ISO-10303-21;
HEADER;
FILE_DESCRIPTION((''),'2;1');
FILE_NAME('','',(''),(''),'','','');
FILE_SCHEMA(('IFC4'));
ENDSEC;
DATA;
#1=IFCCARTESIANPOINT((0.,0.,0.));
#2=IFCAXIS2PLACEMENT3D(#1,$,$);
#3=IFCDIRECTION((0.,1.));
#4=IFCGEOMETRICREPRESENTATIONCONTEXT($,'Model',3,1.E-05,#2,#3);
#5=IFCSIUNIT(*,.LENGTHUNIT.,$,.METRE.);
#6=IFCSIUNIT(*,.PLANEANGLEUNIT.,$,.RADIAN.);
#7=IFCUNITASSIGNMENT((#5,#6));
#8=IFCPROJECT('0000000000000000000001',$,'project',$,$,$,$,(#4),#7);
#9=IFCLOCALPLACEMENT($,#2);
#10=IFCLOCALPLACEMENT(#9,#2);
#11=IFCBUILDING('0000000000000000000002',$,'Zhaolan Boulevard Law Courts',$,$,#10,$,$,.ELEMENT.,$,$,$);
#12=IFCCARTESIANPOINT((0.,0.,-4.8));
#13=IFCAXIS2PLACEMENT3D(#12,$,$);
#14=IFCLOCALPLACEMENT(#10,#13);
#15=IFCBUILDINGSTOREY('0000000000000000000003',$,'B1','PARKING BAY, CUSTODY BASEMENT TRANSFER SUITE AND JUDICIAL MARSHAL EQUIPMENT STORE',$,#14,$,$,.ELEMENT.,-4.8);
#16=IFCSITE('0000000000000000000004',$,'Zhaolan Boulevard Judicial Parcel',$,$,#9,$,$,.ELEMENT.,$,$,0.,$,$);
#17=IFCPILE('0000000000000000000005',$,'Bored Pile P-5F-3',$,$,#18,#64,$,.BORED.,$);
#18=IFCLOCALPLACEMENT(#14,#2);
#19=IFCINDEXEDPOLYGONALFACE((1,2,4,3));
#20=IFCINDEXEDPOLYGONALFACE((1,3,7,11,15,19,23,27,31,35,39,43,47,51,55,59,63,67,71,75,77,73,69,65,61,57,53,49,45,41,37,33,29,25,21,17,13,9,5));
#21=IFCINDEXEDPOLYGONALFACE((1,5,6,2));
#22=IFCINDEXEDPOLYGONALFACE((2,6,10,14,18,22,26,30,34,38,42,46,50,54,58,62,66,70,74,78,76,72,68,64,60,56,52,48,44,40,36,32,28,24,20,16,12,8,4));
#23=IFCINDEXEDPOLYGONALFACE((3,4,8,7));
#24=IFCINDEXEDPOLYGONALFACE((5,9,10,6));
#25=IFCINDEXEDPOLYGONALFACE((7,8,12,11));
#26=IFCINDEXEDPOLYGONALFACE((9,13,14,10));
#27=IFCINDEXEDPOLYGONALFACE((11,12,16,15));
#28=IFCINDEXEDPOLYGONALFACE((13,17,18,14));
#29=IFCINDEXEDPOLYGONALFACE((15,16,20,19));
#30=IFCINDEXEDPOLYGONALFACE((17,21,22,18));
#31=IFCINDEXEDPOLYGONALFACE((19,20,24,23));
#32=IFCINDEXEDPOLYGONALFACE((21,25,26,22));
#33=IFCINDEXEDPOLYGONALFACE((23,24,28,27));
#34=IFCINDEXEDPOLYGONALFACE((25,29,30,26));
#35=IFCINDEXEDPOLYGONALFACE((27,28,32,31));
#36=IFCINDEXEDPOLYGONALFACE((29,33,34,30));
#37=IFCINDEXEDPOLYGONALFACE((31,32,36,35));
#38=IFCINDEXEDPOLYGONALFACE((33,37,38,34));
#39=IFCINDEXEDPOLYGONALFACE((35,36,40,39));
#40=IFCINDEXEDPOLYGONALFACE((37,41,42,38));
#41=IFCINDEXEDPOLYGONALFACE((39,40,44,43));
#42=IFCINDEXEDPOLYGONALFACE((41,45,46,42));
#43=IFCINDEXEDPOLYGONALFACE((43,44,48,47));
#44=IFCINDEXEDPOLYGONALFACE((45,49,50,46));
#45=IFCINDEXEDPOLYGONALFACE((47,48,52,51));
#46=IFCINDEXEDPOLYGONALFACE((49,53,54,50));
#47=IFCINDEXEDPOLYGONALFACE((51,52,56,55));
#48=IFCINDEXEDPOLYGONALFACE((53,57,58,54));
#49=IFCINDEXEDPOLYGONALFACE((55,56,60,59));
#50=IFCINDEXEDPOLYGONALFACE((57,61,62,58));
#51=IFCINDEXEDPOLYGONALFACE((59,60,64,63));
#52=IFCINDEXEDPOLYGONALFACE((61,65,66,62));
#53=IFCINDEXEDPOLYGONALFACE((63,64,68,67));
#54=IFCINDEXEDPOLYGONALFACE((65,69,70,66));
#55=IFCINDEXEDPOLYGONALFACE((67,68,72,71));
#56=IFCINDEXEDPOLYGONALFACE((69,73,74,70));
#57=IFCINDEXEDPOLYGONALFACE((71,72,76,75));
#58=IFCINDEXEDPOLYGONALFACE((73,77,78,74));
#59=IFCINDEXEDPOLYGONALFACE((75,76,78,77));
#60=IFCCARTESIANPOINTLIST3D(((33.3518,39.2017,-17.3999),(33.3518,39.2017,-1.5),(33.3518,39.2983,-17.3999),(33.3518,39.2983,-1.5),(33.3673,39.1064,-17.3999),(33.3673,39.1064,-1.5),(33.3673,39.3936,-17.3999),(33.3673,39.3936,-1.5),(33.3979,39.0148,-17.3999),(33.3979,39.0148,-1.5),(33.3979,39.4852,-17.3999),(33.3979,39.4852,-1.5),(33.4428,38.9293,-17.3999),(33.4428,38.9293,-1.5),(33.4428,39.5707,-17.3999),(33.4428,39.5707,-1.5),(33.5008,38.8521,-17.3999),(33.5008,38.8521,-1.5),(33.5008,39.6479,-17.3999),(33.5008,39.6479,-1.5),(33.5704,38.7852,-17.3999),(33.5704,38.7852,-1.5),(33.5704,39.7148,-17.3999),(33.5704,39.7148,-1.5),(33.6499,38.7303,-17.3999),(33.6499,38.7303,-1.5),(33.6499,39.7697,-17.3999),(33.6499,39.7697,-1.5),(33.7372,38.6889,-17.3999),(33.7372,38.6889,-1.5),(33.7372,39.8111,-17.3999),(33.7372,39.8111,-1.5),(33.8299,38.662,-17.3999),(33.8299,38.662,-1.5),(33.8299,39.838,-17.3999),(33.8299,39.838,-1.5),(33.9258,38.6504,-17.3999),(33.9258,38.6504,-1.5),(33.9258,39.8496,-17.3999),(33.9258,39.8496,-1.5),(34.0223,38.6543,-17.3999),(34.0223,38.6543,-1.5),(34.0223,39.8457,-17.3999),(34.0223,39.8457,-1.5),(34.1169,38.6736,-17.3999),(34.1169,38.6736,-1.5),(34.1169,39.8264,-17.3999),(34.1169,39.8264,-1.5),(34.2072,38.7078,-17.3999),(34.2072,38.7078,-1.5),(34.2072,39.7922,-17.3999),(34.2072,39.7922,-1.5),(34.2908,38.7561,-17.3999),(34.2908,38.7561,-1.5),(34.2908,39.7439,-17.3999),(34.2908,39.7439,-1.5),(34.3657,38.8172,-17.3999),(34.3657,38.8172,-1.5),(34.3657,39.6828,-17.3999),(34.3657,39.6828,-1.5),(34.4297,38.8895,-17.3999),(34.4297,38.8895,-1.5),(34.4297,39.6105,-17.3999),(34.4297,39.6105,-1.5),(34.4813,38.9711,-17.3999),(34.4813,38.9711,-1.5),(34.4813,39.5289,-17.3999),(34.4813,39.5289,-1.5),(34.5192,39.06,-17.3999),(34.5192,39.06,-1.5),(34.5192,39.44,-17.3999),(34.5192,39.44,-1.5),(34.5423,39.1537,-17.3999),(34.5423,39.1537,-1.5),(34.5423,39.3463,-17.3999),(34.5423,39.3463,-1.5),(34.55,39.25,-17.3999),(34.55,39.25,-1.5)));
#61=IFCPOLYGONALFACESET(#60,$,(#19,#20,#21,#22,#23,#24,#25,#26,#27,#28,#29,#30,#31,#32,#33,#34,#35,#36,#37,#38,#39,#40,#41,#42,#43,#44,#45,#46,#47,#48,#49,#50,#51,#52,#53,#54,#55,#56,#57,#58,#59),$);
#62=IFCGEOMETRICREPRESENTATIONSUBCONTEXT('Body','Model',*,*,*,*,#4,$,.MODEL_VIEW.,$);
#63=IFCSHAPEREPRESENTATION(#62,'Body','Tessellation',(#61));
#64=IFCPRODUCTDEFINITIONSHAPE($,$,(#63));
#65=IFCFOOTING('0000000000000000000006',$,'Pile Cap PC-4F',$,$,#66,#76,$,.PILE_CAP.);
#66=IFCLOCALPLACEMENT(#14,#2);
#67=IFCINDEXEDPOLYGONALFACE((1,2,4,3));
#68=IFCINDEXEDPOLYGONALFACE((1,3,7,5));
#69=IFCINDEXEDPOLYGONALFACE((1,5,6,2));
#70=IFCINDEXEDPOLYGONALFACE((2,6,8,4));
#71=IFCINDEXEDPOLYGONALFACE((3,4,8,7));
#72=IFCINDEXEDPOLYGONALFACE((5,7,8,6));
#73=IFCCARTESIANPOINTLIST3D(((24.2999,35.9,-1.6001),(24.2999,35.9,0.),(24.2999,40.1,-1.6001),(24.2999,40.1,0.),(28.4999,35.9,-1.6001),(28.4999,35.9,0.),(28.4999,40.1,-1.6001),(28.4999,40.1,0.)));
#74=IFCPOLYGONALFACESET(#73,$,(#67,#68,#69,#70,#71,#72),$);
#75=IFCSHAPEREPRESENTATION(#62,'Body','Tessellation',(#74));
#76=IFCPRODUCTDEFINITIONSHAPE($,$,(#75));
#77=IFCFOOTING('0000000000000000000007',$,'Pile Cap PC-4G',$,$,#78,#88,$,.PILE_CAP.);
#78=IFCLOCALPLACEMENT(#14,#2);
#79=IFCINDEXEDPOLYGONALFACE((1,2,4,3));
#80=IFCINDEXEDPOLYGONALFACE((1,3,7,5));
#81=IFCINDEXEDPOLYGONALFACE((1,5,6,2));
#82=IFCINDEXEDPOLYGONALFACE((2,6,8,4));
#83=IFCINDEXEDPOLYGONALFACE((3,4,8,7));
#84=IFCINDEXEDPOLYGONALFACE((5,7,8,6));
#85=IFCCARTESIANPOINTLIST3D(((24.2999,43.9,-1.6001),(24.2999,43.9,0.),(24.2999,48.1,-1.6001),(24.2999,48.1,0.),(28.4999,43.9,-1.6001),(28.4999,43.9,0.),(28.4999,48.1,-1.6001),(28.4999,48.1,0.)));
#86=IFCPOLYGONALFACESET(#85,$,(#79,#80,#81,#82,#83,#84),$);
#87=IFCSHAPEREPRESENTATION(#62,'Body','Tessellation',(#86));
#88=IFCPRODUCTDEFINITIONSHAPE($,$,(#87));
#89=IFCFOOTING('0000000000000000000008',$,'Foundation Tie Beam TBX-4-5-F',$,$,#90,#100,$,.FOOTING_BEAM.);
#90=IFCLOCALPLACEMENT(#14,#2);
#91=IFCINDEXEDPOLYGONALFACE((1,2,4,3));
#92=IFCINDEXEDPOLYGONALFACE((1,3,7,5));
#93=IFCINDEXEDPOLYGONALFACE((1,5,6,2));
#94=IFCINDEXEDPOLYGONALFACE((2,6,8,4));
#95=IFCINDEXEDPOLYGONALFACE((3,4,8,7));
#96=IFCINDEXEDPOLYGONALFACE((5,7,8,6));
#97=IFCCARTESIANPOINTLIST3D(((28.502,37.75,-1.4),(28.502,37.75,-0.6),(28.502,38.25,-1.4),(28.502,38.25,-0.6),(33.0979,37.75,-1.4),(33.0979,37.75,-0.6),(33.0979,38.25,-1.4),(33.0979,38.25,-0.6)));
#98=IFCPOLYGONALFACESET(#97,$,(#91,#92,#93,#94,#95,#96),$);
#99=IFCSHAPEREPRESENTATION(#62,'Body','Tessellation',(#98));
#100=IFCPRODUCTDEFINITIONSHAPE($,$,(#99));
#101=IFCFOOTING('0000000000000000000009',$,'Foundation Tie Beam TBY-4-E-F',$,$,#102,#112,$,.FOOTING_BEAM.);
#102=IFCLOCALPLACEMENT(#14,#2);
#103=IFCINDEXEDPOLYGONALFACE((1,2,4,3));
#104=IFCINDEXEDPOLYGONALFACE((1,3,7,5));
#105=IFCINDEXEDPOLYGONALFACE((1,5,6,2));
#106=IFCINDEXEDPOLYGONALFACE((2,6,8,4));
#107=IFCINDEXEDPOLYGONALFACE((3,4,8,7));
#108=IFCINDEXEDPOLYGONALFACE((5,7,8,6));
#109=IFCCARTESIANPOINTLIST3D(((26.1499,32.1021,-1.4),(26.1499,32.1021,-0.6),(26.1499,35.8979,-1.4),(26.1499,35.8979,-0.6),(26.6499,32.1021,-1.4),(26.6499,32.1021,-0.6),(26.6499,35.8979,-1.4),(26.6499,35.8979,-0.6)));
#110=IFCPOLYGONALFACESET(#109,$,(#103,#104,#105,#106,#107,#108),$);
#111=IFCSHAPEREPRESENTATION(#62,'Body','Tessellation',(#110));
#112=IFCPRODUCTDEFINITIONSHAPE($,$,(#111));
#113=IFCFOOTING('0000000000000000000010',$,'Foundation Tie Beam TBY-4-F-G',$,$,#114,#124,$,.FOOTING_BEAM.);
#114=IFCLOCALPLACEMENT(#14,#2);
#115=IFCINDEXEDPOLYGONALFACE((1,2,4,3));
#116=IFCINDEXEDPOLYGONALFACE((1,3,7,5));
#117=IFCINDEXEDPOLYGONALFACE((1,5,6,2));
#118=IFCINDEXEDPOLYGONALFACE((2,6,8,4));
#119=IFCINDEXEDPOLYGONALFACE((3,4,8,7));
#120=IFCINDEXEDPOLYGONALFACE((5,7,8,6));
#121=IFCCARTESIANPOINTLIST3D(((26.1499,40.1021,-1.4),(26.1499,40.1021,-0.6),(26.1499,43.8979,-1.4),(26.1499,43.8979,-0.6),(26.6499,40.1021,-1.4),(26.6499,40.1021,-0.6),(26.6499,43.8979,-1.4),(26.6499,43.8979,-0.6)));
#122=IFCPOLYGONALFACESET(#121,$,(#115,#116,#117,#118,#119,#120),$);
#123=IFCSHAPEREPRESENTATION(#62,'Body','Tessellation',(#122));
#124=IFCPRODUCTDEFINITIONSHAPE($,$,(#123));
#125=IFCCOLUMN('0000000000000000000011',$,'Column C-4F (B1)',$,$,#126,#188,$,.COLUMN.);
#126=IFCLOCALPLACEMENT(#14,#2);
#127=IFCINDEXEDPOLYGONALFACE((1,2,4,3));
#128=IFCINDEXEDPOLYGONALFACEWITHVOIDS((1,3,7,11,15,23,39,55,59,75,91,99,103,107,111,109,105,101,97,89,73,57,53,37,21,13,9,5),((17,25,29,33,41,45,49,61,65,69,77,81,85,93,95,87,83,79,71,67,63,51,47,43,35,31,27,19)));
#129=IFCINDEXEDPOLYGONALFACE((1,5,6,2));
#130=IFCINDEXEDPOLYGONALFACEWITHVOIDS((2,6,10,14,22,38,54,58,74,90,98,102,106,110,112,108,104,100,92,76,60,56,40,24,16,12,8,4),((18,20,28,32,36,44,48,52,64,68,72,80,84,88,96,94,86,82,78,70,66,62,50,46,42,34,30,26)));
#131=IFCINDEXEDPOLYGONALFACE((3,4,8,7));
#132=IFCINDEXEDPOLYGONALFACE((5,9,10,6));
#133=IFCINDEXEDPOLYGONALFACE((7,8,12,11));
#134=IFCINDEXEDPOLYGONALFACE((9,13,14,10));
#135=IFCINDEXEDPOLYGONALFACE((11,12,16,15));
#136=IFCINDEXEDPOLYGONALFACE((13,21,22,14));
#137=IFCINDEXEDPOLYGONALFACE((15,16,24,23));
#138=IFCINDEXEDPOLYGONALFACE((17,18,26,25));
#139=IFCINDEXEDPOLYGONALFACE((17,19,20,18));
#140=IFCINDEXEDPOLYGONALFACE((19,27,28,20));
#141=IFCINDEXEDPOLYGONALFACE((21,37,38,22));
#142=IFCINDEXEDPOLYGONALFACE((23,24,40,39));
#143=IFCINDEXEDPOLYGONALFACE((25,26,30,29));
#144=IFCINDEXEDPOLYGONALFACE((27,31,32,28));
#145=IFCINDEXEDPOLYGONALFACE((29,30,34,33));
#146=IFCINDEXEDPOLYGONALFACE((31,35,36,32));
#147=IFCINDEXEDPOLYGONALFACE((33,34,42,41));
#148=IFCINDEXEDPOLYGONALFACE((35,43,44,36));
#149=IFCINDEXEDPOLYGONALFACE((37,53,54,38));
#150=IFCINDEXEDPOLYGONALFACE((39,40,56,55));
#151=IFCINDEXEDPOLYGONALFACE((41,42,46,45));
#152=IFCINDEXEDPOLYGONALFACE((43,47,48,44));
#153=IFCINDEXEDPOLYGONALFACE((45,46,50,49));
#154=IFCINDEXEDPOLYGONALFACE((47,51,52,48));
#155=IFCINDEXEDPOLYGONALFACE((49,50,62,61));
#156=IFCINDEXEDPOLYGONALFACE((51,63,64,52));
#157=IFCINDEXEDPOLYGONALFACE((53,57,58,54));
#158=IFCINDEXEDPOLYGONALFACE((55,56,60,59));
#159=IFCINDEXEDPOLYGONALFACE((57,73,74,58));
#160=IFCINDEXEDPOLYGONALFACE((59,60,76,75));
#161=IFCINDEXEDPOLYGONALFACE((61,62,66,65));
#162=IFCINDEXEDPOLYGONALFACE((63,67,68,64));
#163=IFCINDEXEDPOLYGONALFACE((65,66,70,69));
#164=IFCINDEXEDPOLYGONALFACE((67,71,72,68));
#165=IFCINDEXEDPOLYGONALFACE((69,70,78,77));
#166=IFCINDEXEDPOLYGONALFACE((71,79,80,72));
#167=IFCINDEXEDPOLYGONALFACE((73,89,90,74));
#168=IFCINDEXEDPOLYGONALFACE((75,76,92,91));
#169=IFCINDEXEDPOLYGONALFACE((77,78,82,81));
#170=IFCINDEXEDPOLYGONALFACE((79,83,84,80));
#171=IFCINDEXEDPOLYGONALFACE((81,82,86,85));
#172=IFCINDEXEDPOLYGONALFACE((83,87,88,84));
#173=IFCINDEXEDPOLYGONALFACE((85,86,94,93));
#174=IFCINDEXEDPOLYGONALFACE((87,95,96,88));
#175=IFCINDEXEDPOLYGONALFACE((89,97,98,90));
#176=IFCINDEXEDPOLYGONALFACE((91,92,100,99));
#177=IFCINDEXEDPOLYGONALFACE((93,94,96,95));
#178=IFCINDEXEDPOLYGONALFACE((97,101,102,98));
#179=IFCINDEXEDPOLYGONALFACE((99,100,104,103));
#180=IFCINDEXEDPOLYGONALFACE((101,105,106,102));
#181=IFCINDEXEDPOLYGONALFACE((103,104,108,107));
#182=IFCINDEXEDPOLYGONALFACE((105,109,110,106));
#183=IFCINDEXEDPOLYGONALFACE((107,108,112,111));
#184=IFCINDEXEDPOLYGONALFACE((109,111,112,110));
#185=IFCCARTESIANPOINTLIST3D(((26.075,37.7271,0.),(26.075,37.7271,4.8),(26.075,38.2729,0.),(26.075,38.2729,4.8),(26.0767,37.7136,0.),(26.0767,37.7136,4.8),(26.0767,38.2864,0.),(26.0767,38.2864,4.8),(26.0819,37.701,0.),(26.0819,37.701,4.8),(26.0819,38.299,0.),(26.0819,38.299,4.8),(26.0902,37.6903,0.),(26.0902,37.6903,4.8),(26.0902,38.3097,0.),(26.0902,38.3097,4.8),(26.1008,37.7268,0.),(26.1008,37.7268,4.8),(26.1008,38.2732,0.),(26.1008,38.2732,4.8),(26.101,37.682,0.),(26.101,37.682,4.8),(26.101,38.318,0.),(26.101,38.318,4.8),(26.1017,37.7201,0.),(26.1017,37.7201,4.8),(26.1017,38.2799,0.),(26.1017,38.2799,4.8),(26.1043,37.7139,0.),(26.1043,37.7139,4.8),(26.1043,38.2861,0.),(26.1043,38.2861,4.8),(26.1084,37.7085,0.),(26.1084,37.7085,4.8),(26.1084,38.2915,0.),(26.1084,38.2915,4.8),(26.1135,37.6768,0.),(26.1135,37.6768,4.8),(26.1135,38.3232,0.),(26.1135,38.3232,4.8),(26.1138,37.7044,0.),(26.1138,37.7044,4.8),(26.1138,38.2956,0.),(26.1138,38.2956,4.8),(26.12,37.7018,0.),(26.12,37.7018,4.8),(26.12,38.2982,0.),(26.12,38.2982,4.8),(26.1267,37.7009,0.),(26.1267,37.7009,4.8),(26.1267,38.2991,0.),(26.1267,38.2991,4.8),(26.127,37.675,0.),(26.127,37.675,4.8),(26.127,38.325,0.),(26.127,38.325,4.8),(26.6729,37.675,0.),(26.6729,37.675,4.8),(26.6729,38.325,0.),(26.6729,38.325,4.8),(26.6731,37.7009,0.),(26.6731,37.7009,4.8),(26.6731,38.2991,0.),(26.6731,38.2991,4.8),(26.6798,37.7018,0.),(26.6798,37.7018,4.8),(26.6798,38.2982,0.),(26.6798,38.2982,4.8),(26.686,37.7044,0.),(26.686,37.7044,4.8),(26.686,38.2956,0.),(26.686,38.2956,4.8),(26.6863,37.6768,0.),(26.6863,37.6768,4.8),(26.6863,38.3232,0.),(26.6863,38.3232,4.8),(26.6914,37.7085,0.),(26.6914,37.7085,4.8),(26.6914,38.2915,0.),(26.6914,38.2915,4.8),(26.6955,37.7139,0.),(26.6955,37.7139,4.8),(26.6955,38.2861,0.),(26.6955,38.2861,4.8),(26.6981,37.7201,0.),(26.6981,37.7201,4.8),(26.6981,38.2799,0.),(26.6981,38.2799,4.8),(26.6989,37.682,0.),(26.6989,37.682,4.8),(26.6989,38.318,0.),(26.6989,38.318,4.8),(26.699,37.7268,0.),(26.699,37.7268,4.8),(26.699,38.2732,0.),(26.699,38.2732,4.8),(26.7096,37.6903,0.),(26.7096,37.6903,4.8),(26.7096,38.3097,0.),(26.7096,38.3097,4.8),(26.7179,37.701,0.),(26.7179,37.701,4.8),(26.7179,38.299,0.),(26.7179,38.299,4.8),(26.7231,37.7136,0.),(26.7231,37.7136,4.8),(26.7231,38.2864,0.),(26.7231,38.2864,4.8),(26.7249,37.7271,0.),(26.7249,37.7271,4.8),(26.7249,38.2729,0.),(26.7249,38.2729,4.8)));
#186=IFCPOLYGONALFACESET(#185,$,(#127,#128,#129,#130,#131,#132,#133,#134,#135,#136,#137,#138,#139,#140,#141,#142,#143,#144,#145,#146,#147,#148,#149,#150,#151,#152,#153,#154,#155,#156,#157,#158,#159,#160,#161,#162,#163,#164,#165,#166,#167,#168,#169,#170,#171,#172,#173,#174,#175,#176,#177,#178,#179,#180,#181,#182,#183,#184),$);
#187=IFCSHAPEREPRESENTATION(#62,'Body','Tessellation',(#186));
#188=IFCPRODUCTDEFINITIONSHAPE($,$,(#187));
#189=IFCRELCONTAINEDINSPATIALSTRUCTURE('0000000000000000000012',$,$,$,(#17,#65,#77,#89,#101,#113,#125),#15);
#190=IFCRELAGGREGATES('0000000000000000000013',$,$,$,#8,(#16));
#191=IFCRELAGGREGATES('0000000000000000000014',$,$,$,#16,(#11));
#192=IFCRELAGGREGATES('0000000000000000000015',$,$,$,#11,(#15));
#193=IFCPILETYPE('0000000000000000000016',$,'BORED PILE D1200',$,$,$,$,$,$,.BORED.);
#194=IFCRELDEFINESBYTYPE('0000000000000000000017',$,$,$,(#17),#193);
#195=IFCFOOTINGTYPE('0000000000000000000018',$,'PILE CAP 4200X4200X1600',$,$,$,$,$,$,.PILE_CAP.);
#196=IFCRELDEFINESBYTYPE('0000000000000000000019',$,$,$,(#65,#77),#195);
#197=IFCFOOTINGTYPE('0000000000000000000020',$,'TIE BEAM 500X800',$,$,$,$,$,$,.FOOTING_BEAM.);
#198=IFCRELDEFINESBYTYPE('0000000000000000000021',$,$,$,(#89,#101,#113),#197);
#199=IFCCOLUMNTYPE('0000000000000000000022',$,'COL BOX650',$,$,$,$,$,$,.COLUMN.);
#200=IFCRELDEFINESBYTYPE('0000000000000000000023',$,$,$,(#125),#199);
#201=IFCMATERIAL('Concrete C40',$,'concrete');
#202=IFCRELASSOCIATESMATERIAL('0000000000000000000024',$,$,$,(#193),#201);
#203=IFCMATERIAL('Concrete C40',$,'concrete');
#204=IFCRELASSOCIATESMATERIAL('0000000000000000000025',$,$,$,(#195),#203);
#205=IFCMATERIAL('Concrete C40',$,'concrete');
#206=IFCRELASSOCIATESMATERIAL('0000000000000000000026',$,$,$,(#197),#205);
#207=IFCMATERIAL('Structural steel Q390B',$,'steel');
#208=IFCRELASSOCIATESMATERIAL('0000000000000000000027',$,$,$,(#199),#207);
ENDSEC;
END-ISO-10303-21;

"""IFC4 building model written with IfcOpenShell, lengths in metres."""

from ifc_helpers import new_model, si_unit, direction, frame, origin, origin_2d, place, context, subcontext, project, spatial, rectangle, hollow_rectangle, circle, extrude, material, material_profile, profile_set, type_object, element, save


model = new_model("IFC4")

# Units and contexts
model_context = context("Model", 3, precision=1e-05, world=origin(), true_north=direction((0.0, 1.0)))
body_context = subcontext(model_context, "Body", "Model", "MODEL_VIEW")
ifc_project = project(units=[si_unit("LENGTHUNIT", "METRE"), si_unit("PLANEANGLEUNIT", "RADIAN")], contexts=[model_context])

# Site, building, storey
site_placement = place(None, origin())
site = spatial("IfcSite", under=ifc_project, at=site_placement, Name="Zhaolan Boulevard Judicial Parcel", CompositionType="ELEMENT", RefElevation=0.0)
building_placement = place(site_placement, origin())
building = spatial("IfcBuilding", under=site, at=building_placement, Name="Zhaolan Boulevard Law Courts", CompositionType="ELEMENT")
storey_placement = place(building_placement, frame((0.0, 0.0, -4.8)))
storey = spatial("IfcBuildingStorey", under=building, at=storey_placement, Name="B1", Description="PARKING BAY, CUSTODY BASEMENT TRANSFER SUITE AND JUDICIAL MARSHAL EQUIPMENT STORE", CompositionType="ELEMENT", Elevation=-4.8)

# Pile
ifc_material_1 = material(Name="Concrete C40", Category="concrete")
ifc_material_profile_1 = material_profile(ifc_material_1, circle(Radius=0.6001, at=origin_2d()), Name="PILE-D1200")
ifc_profile_set_1 = profile_set([ifc_material_profile_1], Name="Concrete C40")
pile_type = type_object("IfcPileType", Name="BORED PILE D1200", PredefinedType="BORED", material=ifc_profile_set_1)
for number, where, z_axis, x_axis, name in (
    (1, (33.95, 39.25, -1.5), (0.0, 0.0, -1.0), (1.0, 0.0, 0.0), "Bored Pile P-5F-3"),
):
    element("IfcPile", number, at=place(storey_placement, frame(where, z_axis=z_axis, x_axis=x_axis)), inside=storey, type_object=pile_type, Name=name, PredefinedType="BORED", context=body_context, shape_type="SweptSolid", body=[
        extrude(circle(Radius=0.6001, at=origin_2d()), origin(), (0.0, 0.0, 1.0), 15.8999),
    ])

# Footings
ifc_material_2 = material(Name="Concrete C40", Category="concrete")
footing_type_1 = type_object("IfcFootingType", Name="PILE CAP 4200X4200X1600", PredefinedType="PILE_CAP", material=ifc_material_2)
for number, where, z_axis, x_axis, name in (
    (2, (26.3999, 38.0, -1.6001), (0.0, 0.0, 1.0), (1.0, 0.0, 0.0), "Pile Cap PC-4F"),
    (3, (26.3999, 46.0, -1.6001), (0.0, 0.0, 1.0), (1.0, 0.0, 0.0), "Pile Cap PC-4G"),
):
    element("IfcFooting", number, at=place(storey_placement, frame(where, z_axis=z_axis, x_axis=x_axis)), inside=storey, type_object=footing_type_1, Name=name, PredefinedType="PILE_CAP", context=body_context, shape_type="SweptSolid", body=[
        extrude(rectangle(XDim=4.2, YDim=4.2, at=origin_2d()), origin(), (0.0, 0.0, 1.0), 1.6001),
    ])
ifc_material_3 = material(Name="Concrete C40", Category="concrete")
ifc_material_profile_2 = material_profile(ifc_material_3, rectangle(XDim=0.5, YDim=0.8, at=origin_2d()), Name="RC500x800")
ifc_profile_set_2 = profile_set([ifc_material_profile_2], Name="Concrete C40")
footing_type_2 = type_object("IfcFootingType", Name="TIE BEAM 500X800", PredefinedType="FOOTING_BEAM", material=ifc_profile_set_2)
footing_placement = place(storey_placement, frame((28.502, 38.0, -1.0), z_axis=(1.0, 0.0, 0.0), x_axis=(0.0, 1.0, 0.0)))
element("IfcFooting", 4, at=footing_placement, inside=storey, type_object=footing_type_2, Name="Foundation Tie Beam TBX-4-5-F", PredefinedType="FOOTING_BEAM", context=body_context, shape_type="SweptSolid", body=[
    extrude(rectangle(XDim=0.5, YDim=0.8, at=origin_2d()), origin(), (0.0, 0.0, 1.0), 4.5959),
])
for number, where, z_axis, x_axis, name in (
    (5, (26.3999, 32.1021, -1.0), (0.0, 1.0, 0.0), (-1.0, 0.0, 0.0), "Foundation Tie Beam TBY-4-E-F"),
    (6, (26.3999, 40.1021, -1.0), (0.0, 1.0, 0.0), (-1.0, 0.0, 0.0), "Foundation Tie Beam TBY-4-F-G"),
):
    element("IfcFooting", number, at=place(storey_placement, frame(where, z_axis=z_axis, x_axis=x_axis)), inside=storey, type_object=footing_type_2, Name=name, PredefinedType="FOOTING_BEAM", context=body_context, shape_type="SweptSolid", body=[
        extrude(rectangle(XDim=0.5, YDim=0.8, at=origin_2d()), origin(), (0.0, 0.0, 1.0), 3.7959),
    ])

# Column
ifc_material_4 = material(Name="Structural steel Q390B", Category="steel")
ifc_material_profile_3 = material_profile(ifc_material_4, hollow_rectangle(XDim=0.6499, YDim=0.6499, WallThickness=0.0259, InnerFilletRadius=0.0259, OuterFilletRadius=0.052, at=origin_2d()), Name="BOX650x650x26")
ifc_profile_set_3 = profile_set([ifc_material_profile_3], Name="Structural steel Q390B")
column_type_1 = type_object("IfcColumnType", Name="COL BOX650", PredefinedType="COLUMN", material=ifc_profile_set_3)
column_1_placement = place(storey_placement, frame((26.3999, 38.0, 0.0), z_axis=(0.0, 0.0, 1.0), x_axis=(1.0, 0.0, 0.0)))
element("IfcColumn", 7, at=column_1_placement, inside=storey, type_object=column_type_1, Name="Column C-4F (B1)", PredefinedType="COLUMN", context=body_context, shape_type="SweptSolid", body=[
    extrude(hollow_rectangle(XDim=0.6499, YDim=0.6499, WallThickness=0.0259, InnerFilletRadius=0.0259, OuterFilletRadius=0.052, at=origin_2d()), origin(), (0.0, 0.0, 1.0), 4.8),
])

save(model, "model.ifc")
